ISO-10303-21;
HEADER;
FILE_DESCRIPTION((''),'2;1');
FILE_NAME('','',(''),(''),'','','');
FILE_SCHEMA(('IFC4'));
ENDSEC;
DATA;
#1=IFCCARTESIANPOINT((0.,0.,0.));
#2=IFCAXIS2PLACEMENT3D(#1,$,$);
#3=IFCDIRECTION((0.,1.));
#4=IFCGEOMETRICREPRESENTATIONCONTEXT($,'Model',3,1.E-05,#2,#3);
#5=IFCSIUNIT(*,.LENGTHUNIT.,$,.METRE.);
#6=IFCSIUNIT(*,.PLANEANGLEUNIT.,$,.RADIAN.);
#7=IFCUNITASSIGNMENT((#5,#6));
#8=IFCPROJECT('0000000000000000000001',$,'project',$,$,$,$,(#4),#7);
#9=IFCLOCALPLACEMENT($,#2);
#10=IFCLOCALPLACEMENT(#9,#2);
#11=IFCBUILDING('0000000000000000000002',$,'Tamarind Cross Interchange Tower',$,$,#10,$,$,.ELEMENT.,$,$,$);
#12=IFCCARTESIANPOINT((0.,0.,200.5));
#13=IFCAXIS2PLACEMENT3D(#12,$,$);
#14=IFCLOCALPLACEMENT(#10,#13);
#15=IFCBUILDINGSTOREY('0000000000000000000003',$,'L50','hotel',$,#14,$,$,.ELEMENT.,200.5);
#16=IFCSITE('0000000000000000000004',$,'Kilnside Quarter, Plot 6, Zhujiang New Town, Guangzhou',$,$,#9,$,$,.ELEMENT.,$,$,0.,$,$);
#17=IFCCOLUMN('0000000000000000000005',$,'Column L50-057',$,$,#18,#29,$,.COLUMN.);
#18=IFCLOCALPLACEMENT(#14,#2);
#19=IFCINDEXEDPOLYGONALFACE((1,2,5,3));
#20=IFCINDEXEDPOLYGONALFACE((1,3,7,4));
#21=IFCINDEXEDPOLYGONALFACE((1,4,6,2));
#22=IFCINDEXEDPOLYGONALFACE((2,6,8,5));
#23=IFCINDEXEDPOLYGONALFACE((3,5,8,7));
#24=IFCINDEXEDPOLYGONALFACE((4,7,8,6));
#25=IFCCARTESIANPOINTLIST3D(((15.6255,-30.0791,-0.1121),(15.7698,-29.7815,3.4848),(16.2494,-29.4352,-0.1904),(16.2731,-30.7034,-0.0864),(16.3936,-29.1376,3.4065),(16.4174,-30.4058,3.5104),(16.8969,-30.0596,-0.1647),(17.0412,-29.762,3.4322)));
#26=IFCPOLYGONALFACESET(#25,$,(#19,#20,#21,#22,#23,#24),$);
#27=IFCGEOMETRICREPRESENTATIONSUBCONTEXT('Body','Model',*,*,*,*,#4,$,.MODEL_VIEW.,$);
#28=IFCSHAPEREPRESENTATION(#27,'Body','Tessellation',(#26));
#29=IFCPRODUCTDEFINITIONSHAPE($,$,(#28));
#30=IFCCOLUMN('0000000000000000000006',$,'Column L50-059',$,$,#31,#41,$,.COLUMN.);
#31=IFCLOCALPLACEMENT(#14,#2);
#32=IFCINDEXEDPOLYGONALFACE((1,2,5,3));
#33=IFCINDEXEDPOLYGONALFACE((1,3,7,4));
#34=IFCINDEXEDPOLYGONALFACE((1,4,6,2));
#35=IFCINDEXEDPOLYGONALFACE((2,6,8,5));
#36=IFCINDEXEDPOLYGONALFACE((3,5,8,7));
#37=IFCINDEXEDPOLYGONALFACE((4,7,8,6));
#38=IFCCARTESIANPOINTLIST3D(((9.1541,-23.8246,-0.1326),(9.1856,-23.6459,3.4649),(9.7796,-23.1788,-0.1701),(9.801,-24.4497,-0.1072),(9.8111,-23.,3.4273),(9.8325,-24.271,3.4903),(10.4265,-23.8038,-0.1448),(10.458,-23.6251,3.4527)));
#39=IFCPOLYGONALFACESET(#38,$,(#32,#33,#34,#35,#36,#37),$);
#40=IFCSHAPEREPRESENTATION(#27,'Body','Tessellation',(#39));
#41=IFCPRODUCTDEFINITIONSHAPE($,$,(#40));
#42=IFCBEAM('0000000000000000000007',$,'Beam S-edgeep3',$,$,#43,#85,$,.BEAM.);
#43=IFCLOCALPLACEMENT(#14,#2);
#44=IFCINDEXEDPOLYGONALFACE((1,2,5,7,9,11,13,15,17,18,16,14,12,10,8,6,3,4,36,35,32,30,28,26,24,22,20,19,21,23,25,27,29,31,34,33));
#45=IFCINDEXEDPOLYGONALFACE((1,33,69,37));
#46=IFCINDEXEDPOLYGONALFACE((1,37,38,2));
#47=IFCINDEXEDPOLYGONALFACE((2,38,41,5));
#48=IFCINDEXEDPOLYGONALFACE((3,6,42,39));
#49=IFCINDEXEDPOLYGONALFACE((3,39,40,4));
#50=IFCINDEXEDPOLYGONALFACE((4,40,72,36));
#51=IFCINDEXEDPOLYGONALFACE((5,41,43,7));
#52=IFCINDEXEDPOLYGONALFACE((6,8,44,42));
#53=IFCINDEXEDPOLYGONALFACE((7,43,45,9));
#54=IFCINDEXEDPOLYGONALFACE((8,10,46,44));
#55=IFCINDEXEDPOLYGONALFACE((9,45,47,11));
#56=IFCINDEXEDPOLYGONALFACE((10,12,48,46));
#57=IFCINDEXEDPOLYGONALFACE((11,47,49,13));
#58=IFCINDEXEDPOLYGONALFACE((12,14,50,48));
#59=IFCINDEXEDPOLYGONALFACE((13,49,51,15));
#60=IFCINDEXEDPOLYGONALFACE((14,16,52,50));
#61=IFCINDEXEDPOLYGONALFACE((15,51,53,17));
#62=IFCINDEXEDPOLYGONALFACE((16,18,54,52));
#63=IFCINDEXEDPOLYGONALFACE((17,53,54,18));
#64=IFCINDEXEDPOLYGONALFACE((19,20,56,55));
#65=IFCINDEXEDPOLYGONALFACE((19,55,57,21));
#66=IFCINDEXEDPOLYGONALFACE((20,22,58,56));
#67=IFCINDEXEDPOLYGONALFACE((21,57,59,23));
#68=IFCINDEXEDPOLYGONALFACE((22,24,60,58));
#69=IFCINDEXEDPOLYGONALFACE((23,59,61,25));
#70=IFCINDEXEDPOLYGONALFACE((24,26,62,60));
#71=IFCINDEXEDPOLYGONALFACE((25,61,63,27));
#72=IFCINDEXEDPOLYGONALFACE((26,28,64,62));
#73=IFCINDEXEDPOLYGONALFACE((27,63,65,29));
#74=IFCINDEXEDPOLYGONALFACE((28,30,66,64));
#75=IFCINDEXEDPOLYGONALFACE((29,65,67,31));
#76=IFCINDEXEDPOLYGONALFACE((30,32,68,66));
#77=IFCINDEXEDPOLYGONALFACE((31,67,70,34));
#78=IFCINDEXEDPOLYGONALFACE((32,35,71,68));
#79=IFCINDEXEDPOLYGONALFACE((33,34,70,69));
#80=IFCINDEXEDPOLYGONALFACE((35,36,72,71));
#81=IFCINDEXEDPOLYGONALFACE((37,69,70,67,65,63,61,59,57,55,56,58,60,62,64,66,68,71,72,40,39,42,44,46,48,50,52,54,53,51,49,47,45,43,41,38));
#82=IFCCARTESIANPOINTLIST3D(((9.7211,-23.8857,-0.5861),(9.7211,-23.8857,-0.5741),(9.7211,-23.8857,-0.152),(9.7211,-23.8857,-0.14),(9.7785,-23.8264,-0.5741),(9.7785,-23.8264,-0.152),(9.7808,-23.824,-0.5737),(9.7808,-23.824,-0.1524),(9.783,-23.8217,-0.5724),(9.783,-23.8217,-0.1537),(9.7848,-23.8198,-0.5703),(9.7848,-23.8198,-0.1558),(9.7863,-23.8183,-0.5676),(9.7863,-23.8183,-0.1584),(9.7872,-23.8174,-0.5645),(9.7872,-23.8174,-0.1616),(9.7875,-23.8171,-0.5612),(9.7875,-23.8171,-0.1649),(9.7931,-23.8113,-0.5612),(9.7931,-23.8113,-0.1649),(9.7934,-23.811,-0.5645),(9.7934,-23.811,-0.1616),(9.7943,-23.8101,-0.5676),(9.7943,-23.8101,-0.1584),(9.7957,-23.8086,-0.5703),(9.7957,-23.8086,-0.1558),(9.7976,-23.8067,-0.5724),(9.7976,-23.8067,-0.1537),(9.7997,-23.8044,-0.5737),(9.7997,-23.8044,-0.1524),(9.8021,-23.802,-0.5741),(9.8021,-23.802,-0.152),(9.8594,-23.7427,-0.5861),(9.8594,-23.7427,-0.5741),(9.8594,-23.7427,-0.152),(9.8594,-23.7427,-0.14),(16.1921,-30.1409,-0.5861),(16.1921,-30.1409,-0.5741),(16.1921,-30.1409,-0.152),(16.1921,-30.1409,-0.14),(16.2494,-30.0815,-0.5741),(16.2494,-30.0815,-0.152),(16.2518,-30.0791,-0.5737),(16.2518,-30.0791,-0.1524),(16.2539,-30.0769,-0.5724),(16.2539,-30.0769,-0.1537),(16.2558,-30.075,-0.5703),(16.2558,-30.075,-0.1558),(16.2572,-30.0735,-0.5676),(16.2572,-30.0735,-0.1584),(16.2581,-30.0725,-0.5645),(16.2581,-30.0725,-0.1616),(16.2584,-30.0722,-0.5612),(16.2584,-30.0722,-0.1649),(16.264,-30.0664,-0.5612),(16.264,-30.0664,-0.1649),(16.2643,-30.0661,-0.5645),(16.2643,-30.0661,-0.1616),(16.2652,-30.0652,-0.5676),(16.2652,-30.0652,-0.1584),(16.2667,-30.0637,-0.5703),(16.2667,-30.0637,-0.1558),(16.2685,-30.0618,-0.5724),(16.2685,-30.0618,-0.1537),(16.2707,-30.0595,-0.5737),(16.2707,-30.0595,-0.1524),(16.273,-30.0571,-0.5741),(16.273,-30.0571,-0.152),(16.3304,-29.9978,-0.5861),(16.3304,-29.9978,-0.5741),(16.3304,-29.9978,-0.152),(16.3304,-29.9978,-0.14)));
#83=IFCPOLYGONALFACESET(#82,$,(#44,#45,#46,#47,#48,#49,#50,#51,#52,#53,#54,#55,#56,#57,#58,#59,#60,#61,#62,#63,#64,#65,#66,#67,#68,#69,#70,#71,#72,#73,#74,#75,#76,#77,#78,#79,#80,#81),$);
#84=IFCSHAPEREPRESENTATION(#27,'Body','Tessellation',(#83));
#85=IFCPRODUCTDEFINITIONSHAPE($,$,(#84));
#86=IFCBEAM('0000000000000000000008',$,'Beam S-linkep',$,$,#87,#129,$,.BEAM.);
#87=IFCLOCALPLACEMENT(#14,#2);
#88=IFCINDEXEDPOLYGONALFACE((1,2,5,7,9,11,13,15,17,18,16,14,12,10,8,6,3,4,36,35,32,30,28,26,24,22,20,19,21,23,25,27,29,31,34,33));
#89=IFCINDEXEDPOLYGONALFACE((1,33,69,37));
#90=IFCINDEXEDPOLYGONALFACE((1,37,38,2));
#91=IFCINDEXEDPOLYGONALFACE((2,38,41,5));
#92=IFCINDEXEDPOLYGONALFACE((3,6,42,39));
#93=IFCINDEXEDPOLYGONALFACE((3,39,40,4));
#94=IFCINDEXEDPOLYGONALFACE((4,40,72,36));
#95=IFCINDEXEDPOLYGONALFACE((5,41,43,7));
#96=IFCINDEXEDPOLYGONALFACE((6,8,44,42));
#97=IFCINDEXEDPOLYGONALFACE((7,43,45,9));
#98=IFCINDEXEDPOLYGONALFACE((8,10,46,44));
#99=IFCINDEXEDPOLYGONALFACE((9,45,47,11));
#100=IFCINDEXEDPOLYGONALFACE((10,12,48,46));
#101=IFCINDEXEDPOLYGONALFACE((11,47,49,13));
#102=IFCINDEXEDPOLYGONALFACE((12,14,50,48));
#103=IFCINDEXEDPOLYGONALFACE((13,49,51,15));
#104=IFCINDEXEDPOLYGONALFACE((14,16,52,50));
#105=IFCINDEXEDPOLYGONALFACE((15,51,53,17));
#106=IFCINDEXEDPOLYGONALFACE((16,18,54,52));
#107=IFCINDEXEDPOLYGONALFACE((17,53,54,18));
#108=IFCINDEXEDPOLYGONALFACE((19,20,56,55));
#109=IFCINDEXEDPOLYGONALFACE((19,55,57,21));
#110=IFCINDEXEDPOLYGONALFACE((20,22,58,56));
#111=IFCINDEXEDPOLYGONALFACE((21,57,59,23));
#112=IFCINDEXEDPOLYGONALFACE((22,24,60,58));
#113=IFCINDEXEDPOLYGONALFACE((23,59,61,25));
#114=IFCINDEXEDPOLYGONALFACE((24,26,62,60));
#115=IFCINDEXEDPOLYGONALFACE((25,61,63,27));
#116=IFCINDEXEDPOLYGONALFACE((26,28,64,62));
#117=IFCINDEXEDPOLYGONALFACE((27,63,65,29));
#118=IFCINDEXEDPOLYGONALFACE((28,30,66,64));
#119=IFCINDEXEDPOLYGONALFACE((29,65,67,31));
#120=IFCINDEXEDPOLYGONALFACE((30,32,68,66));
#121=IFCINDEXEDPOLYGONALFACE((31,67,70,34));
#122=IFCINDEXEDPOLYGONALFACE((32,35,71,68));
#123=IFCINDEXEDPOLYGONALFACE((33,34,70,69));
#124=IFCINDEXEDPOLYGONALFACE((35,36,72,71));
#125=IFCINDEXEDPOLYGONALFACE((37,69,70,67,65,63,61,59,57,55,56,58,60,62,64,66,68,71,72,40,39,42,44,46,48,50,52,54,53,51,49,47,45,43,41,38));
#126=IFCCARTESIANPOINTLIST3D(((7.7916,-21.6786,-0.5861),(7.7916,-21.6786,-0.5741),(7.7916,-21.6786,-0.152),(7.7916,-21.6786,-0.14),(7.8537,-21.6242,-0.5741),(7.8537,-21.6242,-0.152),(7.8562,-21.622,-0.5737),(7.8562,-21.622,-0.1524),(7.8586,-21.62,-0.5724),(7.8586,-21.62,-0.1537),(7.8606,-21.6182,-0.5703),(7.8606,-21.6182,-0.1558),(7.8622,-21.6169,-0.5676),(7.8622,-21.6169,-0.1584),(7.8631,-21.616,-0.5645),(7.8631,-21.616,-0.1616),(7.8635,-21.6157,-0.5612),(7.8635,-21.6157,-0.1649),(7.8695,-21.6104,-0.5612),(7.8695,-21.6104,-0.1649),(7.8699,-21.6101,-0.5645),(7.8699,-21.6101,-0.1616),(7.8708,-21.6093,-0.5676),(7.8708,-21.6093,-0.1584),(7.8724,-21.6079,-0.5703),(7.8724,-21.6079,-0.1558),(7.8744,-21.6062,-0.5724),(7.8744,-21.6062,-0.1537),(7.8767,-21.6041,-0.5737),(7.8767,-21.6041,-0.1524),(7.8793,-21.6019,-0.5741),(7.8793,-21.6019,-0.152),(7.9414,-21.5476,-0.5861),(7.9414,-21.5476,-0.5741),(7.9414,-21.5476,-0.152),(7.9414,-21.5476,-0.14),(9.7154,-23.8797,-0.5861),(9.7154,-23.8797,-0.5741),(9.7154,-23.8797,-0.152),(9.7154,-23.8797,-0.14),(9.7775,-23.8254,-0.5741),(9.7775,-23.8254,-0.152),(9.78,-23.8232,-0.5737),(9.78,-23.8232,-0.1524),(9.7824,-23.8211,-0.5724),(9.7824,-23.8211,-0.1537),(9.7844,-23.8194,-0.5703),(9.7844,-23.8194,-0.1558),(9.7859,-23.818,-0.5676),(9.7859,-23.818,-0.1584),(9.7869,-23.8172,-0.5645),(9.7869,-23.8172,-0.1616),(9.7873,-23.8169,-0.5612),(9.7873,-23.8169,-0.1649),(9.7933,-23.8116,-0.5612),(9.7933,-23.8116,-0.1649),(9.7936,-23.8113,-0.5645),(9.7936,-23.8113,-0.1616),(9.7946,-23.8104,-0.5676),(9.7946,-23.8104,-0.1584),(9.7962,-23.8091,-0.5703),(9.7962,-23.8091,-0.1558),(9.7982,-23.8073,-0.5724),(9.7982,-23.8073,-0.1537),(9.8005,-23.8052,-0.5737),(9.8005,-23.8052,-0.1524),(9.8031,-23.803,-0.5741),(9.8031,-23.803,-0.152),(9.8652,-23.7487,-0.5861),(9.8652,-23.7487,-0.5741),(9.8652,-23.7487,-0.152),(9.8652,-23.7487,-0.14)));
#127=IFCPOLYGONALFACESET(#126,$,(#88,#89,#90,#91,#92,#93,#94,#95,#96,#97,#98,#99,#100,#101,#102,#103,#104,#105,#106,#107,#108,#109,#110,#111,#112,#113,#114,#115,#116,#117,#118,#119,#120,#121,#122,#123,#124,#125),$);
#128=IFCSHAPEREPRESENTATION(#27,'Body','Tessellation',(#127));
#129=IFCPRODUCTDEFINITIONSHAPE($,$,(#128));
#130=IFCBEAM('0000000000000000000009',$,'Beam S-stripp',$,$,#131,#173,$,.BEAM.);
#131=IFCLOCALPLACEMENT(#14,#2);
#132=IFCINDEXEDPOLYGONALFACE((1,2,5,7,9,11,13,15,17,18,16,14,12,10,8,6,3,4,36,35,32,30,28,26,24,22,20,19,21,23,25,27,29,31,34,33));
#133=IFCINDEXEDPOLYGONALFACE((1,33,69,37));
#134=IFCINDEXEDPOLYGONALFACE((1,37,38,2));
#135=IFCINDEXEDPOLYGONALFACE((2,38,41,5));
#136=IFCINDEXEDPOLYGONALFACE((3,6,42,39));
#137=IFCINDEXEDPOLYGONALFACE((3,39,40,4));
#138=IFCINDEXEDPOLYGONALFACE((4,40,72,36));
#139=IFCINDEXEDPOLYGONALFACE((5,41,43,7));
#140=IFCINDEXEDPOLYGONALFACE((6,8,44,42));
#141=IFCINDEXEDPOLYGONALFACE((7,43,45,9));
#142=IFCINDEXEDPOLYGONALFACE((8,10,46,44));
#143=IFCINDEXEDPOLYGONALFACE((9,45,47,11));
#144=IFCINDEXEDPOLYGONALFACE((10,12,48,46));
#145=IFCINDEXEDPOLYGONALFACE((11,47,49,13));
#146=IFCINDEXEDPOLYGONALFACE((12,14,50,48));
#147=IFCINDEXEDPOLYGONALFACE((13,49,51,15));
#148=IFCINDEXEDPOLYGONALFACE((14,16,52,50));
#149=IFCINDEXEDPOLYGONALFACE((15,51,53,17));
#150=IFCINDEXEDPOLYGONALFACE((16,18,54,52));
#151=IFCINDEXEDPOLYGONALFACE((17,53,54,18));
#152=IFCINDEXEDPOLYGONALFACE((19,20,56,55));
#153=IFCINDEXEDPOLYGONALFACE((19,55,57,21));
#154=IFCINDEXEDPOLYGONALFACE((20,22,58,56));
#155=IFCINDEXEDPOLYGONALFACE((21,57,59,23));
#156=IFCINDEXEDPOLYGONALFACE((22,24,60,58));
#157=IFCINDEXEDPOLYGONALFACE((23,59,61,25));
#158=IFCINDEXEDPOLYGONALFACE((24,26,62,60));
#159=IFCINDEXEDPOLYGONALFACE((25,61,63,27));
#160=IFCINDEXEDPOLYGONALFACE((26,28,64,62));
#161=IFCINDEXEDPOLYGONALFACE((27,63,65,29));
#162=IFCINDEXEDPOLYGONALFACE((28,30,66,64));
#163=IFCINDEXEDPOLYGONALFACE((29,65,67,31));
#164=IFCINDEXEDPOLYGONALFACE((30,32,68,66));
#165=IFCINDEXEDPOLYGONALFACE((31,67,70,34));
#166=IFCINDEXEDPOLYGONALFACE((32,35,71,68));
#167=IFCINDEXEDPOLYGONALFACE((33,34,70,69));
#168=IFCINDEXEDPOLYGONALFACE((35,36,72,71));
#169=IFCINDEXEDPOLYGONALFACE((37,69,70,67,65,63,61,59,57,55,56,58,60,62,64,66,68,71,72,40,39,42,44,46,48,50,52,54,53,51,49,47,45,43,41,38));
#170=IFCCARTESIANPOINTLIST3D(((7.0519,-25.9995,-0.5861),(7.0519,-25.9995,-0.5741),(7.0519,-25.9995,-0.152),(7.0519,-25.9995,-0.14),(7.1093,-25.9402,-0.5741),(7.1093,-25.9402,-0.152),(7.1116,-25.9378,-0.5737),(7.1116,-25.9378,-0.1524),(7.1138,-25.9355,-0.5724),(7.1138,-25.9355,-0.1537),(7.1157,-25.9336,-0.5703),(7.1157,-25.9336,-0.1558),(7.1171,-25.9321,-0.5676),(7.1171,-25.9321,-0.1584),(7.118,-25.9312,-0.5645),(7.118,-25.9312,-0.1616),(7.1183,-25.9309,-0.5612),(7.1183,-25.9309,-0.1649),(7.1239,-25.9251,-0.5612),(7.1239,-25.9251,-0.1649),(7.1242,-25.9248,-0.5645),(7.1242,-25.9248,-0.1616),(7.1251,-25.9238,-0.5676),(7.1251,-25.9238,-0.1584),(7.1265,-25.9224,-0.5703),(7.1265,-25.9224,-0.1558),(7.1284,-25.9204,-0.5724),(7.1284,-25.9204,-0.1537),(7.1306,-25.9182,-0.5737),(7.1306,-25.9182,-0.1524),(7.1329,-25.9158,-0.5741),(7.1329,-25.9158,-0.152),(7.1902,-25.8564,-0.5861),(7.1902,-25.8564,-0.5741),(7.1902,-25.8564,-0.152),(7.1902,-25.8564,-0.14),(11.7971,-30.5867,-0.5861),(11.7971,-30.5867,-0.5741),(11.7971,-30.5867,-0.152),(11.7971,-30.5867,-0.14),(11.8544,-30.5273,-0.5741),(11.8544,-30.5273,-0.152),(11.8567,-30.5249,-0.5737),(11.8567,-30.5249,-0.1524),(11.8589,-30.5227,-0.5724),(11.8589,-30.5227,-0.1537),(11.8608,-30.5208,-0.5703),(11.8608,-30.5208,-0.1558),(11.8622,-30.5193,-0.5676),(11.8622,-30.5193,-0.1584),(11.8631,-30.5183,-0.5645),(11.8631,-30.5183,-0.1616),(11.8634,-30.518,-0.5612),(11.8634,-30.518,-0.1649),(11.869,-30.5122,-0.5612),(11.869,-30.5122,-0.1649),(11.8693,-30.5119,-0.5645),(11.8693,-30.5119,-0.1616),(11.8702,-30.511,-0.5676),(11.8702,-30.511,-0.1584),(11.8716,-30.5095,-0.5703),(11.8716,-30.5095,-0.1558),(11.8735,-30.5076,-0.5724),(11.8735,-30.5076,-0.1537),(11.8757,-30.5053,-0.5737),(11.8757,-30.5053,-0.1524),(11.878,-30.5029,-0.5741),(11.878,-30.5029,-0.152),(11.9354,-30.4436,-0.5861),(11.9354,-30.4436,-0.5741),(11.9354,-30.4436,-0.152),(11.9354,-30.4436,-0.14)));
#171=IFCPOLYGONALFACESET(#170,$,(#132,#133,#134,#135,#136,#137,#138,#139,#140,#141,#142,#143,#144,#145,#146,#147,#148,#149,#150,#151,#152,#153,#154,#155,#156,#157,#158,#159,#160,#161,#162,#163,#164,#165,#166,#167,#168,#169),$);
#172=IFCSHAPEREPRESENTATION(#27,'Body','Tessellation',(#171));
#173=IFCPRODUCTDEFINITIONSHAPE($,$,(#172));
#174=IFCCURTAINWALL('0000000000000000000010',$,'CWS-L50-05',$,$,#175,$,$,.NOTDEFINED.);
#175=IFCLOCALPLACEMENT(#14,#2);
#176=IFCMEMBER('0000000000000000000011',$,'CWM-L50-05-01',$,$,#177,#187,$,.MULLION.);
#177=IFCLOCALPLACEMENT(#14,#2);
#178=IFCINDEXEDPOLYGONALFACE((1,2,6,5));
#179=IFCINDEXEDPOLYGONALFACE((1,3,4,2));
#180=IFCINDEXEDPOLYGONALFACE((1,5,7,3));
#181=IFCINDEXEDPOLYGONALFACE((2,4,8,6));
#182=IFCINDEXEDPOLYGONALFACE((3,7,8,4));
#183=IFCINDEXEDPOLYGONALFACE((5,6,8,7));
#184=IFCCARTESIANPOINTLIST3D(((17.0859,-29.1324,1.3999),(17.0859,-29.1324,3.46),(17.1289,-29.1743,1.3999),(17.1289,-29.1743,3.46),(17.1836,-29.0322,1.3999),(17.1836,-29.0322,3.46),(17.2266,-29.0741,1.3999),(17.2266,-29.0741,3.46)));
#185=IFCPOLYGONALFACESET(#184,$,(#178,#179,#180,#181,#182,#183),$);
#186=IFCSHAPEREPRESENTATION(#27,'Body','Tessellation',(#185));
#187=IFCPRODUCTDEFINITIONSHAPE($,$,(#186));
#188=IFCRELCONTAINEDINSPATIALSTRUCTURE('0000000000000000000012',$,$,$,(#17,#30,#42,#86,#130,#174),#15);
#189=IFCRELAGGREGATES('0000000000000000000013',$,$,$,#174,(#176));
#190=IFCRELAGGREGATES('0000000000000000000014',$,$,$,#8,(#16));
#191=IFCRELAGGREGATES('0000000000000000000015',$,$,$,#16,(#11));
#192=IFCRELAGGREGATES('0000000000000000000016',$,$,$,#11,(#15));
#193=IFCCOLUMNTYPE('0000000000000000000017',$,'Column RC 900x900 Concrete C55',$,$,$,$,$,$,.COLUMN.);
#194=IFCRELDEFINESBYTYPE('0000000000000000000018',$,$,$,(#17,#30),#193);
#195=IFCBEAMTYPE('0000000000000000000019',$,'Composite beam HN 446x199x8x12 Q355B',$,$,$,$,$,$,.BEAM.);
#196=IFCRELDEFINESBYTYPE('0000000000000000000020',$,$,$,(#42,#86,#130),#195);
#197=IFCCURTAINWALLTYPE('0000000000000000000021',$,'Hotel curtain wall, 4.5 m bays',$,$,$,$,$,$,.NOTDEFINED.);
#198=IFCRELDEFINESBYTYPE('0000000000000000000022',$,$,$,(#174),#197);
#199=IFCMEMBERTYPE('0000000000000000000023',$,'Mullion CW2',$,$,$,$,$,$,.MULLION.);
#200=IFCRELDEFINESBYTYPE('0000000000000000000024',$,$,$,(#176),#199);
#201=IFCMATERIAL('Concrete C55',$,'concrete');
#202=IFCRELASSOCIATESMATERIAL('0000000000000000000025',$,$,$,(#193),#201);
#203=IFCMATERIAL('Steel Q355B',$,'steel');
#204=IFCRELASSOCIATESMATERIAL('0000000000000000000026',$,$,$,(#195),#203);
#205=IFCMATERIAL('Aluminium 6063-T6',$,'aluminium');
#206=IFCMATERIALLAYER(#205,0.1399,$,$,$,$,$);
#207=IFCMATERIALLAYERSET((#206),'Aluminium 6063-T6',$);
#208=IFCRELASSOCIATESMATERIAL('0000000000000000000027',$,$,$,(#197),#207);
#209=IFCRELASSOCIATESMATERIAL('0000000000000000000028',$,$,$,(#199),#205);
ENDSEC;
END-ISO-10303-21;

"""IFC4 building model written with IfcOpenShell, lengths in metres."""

from ifc_helpers import new_model, si_unit, direction, frame, origin, origin_2d, place, context, subcontext, project, spatial, rectangle, i_section, extrude, material, layer, layer_set, material_profile, profile_set, type_object, element, aggregate, save


model = new_model("IFC4")

# Units and contexts
model_context = context("Model", 3, precision=1e-05, world=origin(), true_north=direction((0.0, 1.0)))
body_context = subcontext(model_context, "Body", "Model", "MODEL_VIEW")
ifc_project = project(units=[si_unit("LENGTHUNIT", "METRE"), si_unit("PLANEANGLEUNIT", "RADIAN")], contexts=[model_context])

# Site, building, storey
site_placement = place(None, origin())
site = spatial("IfcSite", under=ifc_project, at=site_placement, Name="Kilnside Quarter, Plot 6, Zhujiang New Town, Guangzhou", CompositionType="ELEMENT", RefElevation=0.0)
building_placement = place(site_placement, origin())
building = spatial("IfcBuilding", under=site, at=building_placement, Name="Tamarind Cross Interchange Tower", CompositionType="ELEMENT")
storey_placement = place(building_placement, frame((0.0, 0.0, 200.5)))
storey = spatial("IfcBuildingStorey", under=building, at=storey_placement, Name="L50", Description="hotel", CompositionType="ELEMENT", Elevation=200.5)

# Columns
ifc_material_1 = material(Name="Concrete C55", Category="concrete")
ifc_material_profile_1 = material_profile(ifc_material_1, rectangle(XDim=0.8999, YDim=0.8999, at=origin_2d()), Name="RC 900x900")
ifc_profile_set_1 = profile_set([ifc_material_profile_1], Name="Concrete C55")
column_type = type_object("IfcColumnType", Name="Column RC 900x900 Concrete C55", PredefinedType="COLUMN", material=ifc_profile_set_1)
column_1_placement = place(storey_placement, frame((16.2612, -30.0693, -0.1384), z_axis=(0.039946, 0.082392, 0.995799), x_axis=(-0.693219, -0.715456, 0.087004)))
element("IfcColumn", 1, at=column_1_placement, inside=storey, type_object=column_type, Name="Column L50-057", PredefinedType="COLUMN", context=body_context, shape_type="SweptSolid", body=[
    extrude(rectangle(XDim=0.8999, YDim=0.8999, at=origin_2d()), origin(), (0.0, 0.0, 1.0), 3.6121),
])
column_2_placement = place(storey_placement, frame((9.7903, -23.8142, -0.1387), z_axis=(0.008744, 0.049615, 0.99873), x_axis=(-0.695071, -0.717728, 0.04174)))
element("IfcColumn", 2, at=column_2_placement, inside=storey, type_object=column_type, Name="Column L50-059", PredefinedType="COLUMN", context=body_context, shape_type="SweptSolid", body=[
    extrude(rectangle(XDim=0.8999, YDim=0.8999, at=origin_2d()), origin(), (0.0, 0.0, 1.0), 3.6021),
])

# Beams
ifc_material_2 = material(Name="Steel Q355B", Category="steel")
ifc_material_profile_2 = material_profile(ifc_material_2, i_section(OverallWidth=0.199, OverallDepth=0.446, WebThickness=0.0081, FlangeThickness=0.012, FilletRadius=0.0129, at=origin_2d()), Name="HN 446x199x8x12")
ifc_profile_set_2 = profile_set([ifc_material_profile_2], Name="Steel Q355B")
beam_type = type_object("IfcBeamType", Name="Composite beam HN 446x199x8x12 Q355B", PredefinedType="BEAM", material=ifc_profile_set_2)
beam_1_placement = place(storey_placement, frame((16.2612, -30.0693, -0.363), z_axis=(-0.718995, 0.695015, 0.0), x_axis=(-0.695015, -0.718995, 0.0)))
element("IfcBeam", 3, at=beam_1_placement, inside=storey, type_object=beam_type, Name="Beam S-edgeep3", PredefinedType="BEAM", context=body_context, shape_type="SweptSolid", body=[
    extrude(i_section(OverallWidth=0.199, OverallDepth=0.446, WebThickness=0.0081, FlangeThickness=0.012, FilletRadius=0.0129, at=origin_2d()), origin(), (0.0, 0.0, 1.0), 9.0),
])
beam_2_placement = place(storey_placement, frame((9.7903, -23.8142, -0.363), z_axis=(-0.658079, 0.752949, 0.0), x_axis=(-0.752949, -0.658079, 0.0)))
element("IfcBeam", 4, at=beam_2_placement, inside=storey, type_object=beam_type, Name="Beam S-linkep", PredefinedType="BEAM", context=body_context, shape_type="SweptSolid", body=[
    extrude(i_section(OverallWidth=0.199, OverallDepth=0.446, WebThickness=0.0081, FlangeThickness=0.012, FilletRadius=0.0129, at=origin_2d()), origin(), (0.0, 0.0, 1.0), 2.9233),
])
beam_3_placement = place(storey_placement, frame((7.1211, -25.928, -0.363), z_axis=(0.718972, -0.695039, 0.0), x_axis=(0.695039, 0.718972, 0.0)))
element("IfcBeam", 5, at=beam_3_placement, inside=storey, type_object=beam_type, Name="Beam S-stripp", PredefinedType="BEAM", context=body_context, shape_type="SweptSolid", body=[
    extrude(i_section(OverallWidth=0.199, OverallDepth=0.446, WebThickness=0.0081, FlangeThickness=0.012, FilletRadius=0.0129, at=origin_2d()), origin(), (0.0, 0.0, 1.0), 6.5999),
])

# Curtain wall, member
ifc_material_3 = material(Name="Aluminium 6063-T6", Category="aluminium")
ifc_layer_1 = layer(ifc_material_3, 0.1399)
ifc_layer_set_1 = layer_set([ifc_layer_1], Name="Aluminium 6063-T6")
curtain_wall_type = type_object("IfcCurtainWallType", Name="Hotel curtain wall, 4.5 m bays", PredefinedType="NOTDEFINED", material=ifc_layer_set_1)
curtain_wall_1_placement = place(storey_placement, origin())
curtain_wall_1 = element("IfcCurtainWall", 6, at=curtain_wall_1_placement, inside=storey, type_object=curtain_wall_type, Name="CWS-L50-05", PredefinedType="NOTDEFINED")
ifc_material_profile_3 = material_profile(ifc_material_3, rectangle(XDim=0.0601, YDim=0.1399, at=origin_2d()), Name="Mullion CW2")
ifc_profile_set_3 = profile_set([ifc_material_profile_3], Name="Aluminium 6063-T6")
member_type = type_object("IfcMemberType", Name="Mullion CW2", PredefinedType="MULLION", material=ifc_profile_set_3)
member_1_placement = place(storey_placement, frame((17.1562, -29.1033, 1.3999), z_axis=(0.0, 0.0, 1.0), x_axis=(-0.716215, 0.69788, 0.0)))
member_1 = element("IfcMember", 7, at=member_1_placement, type_object=member_type, Name="CWM-L50-05-01", PredefinedType="MULLION", context=body_context, shape_type="SweptSolid", body=[
    extrude(rectangle(XDim=0.0601, YDim=0.1399, at=origin_2d()), origin(), (0.0, 0.0, 1.0), 2.0601),
])
aggregate(curtain_wall_1, [member_1])

save(model, "model.ifc")
